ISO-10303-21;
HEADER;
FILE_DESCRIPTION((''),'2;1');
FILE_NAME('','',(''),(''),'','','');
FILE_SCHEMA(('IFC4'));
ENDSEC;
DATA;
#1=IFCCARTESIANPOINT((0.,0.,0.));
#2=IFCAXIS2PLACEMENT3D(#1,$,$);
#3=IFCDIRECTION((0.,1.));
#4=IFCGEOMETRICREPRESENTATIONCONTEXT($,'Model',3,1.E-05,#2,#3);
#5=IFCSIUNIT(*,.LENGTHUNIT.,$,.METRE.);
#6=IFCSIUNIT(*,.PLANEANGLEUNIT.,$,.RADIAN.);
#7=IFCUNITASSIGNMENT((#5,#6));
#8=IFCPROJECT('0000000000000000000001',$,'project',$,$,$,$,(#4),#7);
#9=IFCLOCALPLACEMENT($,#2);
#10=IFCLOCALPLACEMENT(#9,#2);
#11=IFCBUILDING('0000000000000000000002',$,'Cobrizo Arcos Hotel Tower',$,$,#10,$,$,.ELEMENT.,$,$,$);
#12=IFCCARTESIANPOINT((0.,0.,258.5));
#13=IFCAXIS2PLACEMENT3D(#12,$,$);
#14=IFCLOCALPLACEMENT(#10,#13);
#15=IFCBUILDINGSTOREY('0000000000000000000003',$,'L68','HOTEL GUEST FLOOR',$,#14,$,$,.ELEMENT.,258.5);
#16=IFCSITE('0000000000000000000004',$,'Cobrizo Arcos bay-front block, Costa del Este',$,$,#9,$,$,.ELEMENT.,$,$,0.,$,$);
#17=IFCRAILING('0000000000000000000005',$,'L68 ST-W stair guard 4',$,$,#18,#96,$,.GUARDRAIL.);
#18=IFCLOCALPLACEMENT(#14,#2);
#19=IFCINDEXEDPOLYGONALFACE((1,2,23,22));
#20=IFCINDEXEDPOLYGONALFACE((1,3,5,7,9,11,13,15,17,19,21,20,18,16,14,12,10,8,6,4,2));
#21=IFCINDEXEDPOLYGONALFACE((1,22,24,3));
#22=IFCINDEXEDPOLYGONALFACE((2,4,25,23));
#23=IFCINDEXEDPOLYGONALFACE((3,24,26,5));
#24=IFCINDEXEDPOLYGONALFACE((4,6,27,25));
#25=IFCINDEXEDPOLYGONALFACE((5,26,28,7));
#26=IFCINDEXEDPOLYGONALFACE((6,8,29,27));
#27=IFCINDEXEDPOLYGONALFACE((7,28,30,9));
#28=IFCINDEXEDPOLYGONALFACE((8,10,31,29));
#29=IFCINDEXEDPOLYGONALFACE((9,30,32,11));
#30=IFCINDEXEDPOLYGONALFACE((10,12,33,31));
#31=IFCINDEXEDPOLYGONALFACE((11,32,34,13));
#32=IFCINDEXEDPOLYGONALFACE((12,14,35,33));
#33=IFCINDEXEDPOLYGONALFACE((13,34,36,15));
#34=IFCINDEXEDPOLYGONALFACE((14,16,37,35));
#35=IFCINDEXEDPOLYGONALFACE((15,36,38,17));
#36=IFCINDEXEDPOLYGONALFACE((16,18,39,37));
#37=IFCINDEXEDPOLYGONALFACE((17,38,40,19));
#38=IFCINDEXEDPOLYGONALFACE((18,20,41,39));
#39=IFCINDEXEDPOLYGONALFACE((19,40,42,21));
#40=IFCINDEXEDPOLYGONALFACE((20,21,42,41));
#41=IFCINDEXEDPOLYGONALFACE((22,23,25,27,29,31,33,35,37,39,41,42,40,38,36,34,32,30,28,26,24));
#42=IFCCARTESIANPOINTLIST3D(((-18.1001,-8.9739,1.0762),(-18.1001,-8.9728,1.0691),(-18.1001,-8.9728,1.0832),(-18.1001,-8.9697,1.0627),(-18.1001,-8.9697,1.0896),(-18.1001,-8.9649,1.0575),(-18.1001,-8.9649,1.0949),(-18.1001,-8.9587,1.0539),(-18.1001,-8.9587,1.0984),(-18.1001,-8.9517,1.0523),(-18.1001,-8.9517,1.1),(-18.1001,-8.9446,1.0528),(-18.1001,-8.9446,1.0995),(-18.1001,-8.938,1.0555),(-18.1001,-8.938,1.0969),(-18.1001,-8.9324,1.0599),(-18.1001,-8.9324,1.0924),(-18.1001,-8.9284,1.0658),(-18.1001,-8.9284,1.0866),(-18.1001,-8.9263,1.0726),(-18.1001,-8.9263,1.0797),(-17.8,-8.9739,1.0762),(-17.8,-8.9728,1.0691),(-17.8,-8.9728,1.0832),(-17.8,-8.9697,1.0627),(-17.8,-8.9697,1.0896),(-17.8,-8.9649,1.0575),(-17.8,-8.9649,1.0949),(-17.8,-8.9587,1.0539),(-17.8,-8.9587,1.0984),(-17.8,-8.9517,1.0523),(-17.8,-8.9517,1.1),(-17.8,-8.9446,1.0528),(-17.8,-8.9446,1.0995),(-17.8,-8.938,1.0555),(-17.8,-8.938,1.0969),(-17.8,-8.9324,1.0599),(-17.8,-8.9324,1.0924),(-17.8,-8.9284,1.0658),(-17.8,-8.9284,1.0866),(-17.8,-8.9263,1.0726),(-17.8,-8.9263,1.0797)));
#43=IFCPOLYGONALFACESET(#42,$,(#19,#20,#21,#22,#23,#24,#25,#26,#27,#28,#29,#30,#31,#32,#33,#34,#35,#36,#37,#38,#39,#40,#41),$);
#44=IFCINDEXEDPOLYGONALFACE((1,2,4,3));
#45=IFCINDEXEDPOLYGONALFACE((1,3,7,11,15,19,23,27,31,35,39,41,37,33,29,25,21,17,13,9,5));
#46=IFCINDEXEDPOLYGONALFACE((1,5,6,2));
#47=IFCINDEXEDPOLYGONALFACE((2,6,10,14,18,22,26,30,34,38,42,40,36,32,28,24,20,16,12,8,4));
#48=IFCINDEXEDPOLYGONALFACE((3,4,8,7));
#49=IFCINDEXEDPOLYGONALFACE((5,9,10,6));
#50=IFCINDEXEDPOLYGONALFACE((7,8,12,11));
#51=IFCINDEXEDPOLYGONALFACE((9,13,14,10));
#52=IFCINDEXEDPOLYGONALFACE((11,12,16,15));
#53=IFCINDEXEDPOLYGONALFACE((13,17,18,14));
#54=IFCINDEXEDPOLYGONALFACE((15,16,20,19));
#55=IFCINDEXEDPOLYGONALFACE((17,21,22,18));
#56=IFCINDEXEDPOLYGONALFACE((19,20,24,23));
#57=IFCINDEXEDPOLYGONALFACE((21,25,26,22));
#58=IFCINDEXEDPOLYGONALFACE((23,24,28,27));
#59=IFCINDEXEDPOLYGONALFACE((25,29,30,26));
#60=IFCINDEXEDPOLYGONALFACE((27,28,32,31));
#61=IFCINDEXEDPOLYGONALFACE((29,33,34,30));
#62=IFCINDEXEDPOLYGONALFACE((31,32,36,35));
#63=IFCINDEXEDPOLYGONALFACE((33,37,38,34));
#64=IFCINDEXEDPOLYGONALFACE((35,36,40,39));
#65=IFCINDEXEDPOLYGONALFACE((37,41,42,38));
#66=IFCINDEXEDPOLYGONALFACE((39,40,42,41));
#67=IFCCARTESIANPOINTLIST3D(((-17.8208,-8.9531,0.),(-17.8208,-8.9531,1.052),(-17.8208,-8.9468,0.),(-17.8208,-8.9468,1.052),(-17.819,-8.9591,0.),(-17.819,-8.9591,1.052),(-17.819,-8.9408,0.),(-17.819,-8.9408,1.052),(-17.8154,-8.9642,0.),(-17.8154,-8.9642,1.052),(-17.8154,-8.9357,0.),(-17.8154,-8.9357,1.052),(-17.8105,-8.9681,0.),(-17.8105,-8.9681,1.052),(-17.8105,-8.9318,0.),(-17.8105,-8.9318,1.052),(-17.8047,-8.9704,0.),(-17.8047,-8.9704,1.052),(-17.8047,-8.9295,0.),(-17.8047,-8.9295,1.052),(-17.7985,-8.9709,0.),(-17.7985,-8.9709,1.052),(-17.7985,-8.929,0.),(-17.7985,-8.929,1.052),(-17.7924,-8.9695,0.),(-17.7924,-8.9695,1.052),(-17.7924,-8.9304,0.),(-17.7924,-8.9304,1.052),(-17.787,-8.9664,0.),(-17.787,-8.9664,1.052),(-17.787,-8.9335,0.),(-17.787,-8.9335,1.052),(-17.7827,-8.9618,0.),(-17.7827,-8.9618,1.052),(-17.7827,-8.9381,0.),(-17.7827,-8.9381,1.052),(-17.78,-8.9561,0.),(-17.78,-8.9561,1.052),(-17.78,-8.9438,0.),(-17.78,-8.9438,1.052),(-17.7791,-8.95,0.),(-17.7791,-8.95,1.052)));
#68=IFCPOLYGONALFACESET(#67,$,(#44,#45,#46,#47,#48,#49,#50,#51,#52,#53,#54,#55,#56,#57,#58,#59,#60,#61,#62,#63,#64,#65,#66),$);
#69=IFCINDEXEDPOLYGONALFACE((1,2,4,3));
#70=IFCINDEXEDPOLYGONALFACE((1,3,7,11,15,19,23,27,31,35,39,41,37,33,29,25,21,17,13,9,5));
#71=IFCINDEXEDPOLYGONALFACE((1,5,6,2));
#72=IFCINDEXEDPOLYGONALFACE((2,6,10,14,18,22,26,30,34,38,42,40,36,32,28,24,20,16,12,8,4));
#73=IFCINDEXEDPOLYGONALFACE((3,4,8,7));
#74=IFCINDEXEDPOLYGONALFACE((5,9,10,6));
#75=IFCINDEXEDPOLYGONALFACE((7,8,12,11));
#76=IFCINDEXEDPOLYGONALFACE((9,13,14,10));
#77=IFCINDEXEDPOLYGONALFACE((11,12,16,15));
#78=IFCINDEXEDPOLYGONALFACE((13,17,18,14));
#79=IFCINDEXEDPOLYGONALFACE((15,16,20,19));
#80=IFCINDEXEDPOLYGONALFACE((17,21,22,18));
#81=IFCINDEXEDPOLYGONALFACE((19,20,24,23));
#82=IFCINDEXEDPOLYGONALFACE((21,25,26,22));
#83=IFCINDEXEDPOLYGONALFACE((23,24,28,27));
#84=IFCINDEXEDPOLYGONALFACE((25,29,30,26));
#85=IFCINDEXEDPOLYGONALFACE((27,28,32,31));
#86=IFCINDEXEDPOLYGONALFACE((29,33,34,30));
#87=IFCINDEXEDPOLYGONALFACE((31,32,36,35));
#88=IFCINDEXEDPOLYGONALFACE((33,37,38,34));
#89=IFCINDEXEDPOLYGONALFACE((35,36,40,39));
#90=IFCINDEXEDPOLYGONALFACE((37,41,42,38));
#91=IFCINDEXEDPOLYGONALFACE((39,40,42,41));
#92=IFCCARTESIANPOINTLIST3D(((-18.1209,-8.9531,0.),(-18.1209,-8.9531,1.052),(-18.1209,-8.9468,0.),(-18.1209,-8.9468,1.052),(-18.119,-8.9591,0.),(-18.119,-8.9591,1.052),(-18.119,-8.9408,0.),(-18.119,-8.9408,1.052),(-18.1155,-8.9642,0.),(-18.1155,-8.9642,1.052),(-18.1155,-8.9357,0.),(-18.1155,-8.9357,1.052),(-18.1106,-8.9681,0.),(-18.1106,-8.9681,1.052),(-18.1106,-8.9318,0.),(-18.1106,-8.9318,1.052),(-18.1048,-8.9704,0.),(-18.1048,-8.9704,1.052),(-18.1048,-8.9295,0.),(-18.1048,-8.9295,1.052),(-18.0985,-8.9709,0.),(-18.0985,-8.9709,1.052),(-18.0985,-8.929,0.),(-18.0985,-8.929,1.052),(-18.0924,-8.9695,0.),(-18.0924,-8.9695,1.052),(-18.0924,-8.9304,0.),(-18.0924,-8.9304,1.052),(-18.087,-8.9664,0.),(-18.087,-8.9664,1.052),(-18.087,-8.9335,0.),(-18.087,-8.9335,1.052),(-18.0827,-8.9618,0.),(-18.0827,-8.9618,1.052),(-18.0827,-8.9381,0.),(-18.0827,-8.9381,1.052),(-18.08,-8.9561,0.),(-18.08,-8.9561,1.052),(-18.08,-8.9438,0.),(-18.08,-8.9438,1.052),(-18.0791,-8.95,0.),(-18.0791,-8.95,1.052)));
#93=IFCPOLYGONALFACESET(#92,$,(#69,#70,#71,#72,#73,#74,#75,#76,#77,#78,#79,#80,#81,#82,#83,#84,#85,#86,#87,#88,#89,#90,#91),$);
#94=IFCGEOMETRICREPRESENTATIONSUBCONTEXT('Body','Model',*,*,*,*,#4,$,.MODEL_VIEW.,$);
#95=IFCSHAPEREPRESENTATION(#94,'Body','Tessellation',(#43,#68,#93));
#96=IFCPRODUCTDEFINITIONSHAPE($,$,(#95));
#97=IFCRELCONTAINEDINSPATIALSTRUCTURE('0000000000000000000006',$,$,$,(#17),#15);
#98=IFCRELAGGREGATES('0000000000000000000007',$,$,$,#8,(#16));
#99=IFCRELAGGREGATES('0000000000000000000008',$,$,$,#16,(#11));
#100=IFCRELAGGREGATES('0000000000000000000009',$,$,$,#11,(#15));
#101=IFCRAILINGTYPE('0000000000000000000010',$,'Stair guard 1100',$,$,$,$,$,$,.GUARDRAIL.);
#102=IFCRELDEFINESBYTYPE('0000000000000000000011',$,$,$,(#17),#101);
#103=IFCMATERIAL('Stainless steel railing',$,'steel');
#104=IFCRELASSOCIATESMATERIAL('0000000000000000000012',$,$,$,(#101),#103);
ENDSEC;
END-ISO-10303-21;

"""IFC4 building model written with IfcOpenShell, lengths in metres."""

from ifc_helpers import new_model, si_unit, direction, frame, origin, origin_2d, place, context, subcontext, project, spatial, circle, extrude, material, type_object, element, save


model = new_model("IFC4")

# Units and contexts
model_context = context("Model", 3, precision=1e-05, world=origin(), true_north=direction((0.0, 1.0)))
body_context = subcontext(model_context, "Body", "Model", "MODEL_VIEW")
ifc_project = project(units=[si_unit("LENGTHUNIT", "METRE"), si_unit("PLANEANGLEUNIT", "RADIAN")], contexts=[model_context])

# Site, building, storey
site_placement = place(None, origin())
site = spatial("IfcSite", under=ifc_project, at=site_placement, Name="Cobrizo Arcos bay-front block, Costa del Este", CompositionType="ELEMENT", RefElevation=0.0)
building_placement = place(site_placement, origin())
building = spatial("IfcBuilding", under=site, at=building_placement, Name="Cobrizo Arcos Hotel Tower", CompositionType="ELEMENT")
storey_placement = place(building_placement, frame((0.0, 0.0, 258.5)))
storey = spatial("IfcBuildingStorey", under=building, at=storey_placement, Name="L68", Description="HOTEL GUEST FLOOR", CompositionType="ELEMENT", Elevation=258.5)

# Railing
ifc_material_1 = material(Name="Stainless steel railing", Category="steel")
railing_type_1 = type_object("IfcRailingType", Name="Stair guard 1100", PredefinedType="GUARDRAIL", material=ifc_material_1)
railing_1_placement = place(storey_placement, frame((-17.8, -8.95, 0.0)))
element("IfcRailing", 1, at=railing_1_placement, inside=storey, type_object=railing_type_1, Name="L68 ST-W stair guard 4", PredefinedType="GUARDRAIL", context=body_context, shape_type="SweptSolid", body=[
    extrude(circle(Radius=0.0239, at=origin_2d()), frame((0.0, 0.0, 1.0762), z_axis=(-1.0, 0.0, 0.0), x_axis=(0.0, -1.0, 0.0)), (0.0, 0.0, 1.0), 0.3),
    extrude(circle(Radius=0.021, at=origin_2d()), origin(), (0.0, 0.0, 1.0), 1.052),
    extrude(circle(Radius=0.021, at=origin_2d()), frame((-0.3, 0.0, 0.0)), (0.0, 0.0, 1.0), 1.052),
])

save(model, "model.ifc")
